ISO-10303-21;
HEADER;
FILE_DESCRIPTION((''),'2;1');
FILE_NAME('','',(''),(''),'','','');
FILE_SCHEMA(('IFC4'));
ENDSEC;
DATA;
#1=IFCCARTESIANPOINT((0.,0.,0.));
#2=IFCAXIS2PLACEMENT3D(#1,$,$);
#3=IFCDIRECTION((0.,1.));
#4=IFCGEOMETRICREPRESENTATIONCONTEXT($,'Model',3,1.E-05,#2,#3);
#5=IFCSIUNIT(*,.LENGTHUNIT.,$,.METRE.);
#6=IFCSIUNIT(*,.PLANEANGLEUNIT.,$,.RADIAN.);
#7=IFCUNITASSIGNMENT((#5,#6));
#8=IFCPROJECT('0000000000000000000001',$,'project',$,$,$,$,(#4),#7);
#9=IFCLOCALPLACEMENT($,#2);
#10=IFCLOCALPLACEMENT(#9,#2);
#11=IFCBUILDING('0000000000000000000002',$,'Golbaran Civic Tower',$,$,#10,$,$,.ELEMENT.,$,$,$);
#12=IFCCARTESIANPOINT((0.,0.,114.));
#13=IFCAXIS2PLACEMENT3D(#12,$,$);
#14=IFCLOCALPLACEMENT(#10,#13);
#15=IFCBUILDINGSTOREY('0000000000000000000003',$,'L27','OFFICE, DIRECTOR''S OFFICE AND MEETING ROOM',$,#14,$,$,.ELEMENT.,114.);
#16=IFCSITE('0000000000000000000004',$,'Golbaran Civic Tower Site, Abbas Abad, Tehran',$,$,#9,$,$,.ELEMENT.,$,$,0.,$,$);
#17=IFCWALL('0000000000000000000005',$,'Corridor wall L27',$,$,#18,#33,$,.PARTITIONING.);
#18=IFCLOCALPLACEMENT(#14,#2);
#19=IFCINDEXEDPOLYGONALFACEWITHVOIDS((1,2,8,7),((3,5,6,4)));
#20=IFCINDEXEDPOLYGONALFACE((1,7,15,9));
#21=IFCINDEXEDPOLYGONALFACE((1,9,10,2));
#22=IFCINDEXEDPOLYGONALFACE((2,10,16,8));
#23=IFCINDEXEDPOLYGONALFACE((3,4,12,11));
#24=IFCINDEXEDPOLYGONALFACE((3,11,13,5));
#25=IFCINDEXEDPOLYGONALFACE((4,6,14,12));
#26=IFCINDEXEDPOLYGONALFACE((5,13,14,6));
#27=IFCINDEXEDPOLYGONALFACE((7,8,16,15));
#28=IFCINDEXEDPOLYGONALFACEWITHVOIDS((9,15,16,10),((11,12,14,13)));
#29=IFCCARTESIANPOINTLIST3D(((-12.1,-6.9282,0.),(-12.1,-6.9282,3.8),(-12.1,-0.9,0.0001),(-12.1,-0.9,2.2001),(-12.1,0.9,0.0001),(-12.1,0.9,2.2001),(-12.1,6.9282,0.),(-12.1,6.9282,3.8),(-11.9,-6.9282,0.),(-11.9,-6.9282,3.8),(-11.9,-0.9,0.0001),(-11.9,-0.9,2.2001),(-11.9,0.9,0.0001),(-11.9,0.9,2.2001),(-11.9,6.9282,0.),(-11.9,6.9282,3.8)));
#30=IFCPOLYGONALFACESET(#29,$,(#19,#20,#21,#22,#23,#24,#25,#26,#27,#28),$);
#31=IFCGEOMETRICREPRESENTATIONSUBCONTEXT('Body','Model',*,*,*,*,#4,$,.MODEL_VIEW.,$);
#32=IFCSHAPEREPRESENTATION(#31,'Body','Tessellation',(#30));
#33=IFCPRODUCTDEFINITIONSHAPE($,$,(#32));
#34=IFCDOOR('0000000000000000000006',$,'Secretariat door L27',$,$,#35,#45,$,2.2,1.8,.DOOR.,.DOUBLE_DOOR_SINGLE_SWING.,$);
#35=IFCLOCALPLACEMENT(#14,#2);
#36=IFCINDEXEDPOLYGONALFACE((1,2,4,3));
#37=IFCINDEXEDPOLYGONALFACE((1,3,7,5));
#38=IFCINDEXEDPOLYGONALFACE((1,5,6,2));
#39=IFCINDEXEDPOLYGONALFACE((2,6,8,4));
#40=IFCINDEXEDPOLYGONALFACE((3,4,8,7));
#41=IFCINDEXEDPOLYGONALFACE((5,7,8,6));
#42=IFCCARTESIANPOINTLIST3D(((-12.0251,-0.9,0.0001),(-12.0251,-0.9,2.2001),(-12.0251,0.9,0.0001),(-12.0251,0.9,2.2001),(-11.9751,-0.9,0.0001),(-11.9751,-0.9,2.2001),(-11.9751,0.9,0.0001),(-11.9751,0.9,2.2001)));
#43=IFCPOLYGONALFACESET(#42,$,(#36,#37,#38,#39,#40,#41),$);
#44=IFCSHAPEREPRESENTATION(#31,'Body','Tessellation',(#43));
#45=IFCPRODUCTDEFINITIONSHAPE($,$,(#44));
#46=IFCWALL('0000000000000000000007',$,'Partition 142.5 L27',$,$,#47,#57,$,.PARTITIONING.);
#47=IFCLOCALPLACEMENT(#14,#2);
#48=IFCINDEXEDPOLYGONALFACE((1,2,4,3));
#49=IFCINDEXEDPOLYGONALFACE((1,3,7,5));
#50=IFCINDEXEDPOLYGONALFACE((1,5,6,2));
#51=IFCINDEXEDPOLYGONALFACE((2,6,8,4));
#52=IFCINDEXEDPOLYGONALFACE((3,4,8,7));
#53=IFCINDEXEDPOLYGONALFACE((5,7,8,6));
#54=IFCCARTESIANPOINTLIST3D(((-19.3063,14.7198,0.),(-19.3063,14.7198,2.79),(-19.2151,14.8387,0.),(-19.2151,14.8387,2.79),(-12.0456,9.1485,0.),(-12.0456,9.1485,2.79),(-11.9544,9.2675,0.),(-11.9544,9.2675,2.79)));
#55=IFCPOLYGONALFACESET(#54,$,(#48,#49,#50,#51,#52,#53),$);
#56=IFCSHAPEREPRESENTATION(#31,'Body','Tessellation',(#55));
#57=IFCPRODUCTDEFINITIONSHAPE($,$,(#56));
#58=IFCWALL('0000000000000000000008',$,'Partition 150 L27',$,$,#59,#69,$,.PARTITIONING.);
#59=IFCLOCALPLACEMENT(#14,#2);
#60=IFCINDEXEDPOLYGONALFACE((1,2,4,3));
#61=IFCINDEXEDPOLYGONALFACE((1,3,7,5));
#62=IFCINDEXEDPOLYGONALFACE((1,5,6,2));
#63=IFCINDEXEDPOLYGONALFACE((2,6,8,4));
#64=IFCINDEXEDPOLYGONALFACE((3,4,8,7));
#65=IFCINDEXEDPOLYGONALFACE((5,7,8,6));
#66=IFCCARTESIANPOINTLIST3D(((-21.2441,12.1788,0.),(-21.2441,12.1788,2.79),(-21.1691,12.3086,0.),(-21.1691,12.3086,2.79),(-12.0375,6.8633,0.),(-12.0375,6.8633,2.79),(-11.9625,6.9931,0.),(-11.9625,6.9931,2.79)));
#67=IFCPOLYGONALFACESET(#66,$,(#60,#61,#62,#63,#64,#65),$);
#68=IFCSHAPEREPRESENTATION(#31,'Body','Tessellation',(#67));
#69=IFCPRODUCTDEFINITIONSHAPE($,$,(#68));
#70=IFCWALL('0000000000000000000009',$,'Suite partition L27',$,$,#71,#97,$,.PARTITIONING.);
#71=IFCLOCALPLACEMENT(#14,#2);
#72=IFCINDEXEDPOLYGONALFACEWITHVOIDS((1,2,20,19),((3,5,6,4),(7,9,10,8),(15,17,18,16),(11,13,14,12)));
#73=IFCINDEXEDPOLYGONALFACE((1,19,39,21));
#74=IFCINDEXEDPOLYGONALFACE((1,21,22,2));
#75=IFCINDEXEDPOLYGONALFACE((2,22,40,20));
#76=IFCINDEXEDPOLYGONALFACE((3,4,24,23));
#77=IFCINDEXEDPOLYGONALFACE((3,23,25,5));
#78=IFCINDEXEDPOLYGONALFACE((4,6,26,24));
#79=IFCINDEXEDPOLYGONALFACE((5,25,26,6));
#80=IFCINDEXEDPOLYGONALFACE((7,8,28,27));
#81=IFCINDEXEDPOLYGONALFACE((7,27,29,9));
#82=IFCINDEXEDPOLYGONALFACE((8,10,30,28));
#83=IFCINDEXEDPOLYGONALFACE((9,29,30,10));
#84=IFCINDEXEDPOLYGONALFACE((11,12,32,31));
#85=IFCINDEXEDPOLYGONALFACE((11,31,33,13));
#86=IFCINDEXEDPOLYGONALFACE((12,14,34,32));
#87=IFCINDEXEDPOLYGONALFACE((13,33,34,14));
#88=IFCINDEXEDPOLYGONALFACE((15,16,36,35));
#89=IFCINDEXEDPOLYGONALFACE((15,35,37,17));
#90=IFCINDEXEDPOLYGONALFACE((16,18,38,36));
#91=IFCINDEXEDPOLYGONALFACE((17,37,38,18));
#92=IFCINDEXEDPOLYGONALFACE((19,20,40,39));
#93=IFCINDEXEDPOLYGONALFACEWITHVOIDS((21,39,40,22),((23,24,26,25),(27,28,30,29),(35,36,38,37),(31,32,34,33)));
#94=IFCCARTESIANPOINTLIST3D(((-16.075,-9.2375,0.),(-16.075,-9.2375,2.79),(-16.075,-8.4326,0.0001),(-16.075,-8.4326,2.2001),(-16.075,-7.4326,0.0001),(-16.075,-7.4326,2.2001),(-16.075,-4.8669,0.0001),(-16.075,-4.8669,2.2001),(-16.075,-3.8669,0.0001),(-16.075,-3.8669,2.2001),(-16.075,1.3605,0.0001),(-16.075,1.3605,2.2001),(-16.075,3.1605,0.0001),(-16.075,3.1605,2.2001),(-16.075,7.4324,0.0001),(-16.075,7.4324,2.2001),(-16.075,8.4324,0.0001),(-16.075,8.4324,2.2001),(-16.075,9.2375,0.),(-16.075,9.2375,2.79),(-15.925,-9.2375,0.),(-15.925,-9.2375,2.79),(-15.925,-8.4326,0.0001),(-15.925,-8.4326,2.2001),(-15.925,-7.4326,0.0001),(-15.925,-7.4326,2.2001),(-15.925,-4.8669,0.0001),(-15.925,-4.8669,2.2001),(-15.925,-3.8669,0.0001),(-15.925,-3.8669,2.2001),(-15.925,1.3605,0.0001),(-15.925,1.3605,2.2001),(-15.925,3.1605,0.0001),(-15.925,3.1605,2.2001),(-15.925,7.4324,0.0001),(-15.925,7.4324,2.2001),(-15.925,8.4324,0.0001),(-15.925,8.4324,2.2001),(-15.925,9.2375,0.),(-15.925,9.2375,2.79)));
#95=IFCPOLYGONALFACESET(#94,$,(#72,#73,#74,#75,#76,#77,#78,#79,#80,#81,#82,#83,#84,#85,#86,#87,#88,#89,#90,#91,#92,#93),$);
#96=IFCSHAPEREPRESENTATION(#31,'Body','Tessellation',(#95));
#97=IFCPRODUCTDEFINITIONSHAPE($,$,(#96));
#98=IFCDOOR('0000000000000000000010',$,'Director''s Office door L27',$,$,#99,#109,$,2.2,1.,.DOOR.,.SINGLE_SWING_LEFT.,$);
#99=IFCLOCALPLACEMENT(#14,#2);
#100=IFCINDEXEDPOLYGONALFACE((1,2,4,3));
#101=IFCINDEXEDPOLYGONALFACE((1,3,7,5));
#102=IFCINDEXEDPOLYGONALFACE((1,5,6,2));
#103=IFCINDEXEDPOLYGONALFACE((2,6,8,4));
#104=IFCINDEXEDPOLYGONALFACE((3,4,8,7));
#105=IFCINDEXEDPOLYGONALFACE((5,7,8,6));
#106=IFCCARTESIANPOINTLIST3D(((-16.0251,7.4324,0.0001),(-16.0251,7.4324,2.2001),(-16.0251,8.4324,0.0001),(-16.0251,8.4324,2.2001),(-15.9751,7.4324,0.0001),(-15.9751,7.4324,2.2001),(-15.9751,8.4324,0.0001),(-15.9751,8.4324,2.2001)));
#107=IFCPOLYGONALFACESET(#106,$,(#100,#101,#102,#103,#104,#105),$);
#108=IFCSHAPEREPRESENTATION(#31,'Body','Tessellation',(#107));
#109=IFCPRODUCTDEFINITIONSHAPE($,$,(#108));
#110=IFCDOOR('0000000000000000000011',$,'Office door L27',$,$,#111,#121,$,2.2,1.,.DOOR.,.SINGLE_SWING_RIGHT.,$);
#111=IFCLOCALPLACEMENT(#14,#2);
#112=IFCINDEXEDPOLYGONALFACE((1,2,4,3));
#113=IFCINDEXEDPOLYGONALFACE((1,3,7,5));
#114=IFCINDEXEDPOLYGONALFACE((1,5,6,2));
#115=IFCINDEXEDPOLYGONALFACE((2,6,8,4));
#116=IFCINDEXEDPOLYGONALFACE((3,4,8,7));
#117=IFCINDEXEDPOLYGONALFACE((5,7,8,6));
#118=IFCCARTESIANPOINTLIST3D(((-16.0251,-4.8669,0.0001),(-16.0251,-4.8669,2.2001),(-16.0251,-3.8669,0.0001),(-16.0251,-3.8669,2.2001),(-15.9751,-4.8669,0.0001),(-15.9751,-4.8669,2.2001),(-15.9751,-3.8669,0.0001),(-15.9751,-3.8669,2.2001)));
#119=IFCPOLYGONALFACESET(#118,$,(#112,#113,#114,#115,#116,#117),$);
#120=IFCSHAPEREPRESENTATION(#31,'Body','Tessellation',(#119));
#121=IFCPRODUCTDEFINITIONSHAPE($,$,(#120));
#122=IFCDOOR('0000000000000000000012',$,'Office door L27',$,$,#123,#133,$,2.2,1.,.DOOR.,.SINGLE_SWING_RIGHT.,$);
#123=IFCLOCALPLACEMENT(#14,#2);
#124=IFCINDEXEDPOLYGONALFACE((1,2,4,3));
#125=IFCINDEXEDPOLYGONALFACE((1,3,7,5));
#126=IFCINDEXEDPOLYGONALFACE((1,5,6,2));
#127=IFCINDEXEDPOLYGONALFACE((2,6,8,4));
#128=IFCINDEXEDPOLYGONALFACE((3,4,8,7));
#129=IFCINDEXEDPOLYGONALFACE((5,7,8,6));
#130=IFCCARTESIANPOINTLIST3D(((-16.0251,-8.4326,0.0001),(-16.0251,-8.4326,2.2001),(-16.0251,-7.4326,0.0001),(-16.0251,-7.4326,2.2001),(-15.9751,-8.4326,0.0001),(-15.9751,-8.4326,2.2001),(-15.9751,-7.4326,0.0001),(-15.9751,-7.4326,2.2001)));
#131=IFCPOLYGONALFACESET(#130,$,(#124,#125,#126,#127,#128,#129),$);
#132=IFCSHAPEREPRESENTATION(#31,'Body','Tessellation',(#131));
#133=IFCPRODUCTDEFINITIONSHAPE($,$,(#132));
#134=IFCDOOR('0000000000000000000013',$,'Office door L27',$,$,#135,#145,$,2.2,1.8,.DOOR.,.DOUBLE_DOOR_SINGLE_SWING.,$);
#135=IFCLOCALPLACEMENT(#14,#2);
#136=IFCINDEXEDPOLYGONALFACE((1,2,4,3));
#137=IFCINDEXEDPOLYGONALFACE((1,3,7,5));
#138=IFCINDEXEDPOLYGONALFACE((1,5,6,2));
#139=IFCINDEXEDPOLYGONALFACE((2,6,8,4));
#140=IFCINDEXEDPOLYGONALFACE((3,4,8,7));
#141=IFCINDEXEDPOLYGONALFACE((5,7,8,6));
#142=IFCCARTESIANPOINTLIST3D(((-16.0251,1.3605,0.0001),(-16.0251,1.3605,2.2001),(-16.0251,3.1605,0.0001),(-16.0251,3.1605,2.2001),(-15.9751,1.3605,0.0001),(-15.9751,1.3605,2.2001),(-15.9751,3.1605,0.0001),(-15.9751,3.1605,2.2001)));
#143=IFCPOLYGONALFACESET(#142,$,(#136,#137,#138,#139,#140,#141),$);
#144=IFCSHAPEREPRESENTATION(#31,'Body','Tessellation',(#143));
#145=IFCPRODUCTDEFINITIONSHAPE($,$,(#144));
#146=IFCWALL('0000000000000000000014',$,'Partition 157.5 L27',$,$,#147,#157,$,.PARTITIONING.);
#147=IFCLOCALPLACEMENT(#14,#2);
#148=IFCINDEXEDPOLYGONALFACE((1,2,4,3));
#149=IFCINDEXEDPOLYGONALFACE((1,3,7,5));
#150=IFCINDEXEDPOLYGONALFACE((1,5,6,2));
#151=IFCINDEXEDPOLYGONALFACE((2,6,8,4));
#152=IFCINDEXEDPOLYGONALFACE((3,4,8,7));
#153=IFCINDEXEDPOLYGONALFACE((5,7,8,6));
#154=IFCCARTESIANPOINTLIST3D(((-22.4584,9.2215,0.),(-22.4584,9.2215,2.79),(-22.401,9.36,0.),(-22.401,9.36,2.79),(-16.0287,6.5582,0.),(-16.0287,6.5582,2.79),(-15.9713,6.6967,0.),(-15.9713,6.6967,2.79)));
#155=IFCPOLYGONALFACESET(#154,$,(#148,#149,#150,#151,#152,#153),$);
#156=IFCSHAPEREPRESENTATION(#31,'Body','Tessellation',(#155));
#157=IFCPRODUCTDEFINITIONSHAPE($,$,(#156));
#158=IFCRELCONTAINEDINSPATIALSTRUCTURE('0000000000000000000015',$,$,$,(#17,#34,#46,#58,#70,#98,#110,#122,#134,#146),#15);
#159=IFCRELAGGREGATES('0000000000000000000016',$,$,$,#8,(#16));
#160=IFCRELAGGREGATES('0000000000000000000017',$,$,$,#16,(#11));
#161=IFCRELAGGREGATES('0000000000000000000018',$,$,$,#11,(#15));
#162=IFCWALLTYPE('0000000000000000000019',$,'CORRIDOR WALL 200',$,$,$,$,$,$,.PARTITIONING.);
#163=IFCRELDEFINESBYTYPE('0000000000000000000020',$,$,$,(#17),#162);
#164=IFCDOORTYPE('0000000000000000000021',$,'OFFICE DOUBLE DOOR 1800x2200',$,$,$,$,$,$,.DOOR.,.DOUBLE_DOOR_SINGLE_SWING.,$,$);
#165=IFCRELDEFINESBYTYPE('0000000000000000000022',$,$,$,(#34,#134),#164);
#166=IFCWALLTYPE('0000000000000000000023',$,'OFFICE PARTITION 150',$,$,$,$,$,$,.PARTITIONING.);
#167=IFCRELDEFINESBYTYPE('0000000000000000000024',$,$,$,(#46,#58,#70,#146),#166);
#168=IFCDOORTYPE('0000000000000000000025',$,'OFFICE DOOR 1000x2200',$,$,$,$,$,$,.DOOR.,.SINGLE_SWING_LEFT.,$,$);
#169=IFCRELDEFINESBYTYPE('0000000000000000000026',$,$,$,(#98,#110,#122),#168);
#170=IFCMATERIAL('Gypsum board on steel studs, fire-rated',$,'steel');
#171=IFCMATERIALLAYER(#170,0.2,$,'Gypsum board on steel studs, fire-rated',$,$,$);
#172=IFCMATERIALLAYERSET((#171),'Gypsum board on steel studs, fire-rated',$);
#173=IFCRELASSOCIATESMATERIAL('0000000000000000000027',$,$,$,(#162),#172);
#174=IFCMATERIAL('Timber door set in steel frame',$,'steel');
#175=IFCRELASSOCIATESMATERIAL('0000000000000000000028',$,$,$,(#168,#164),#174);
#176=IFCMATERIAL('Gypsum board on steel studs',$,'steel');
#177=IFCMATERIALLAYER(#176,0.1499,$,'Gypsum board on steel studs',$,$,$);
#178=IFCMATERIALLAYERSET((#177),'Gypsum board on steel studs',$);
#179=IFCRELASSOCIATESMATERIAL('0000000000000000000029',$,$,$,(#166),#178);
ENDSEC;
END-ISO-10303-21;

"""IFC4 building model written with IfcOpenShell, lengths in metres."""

from ifc_helpers import new_model, si_unit, direction, frame, frame_2d, origin, place, context, subcontext, project, spatial, rectangle, extrude, material, layer, layer_set, type_object, element, fill, save


model = new_model("IFC4")

# Units and contexts
model_context = context("Model", 3, precision=1e-05, world=origin(), true_north=direction((0.0, 1.0)))
body_context = subcontext(model_context, "Body", "Model", "MODEL_VIEW")
ifc_project = project(units=[si_unit("LENGTHUNIT", "METRE"), si_unit("PLANEANGLEUNIT", "RADIAN")], contexts=[model_context])

# Site, building, storey
site_placement = place(None, origin())
site = spatial("IfcSite", under=ifc_project, at=site_placement, Name="Golbaran Civic Tower Site, Abbas Abad, Tehran", CompositionType="ELEMENT", RefElevation=0.0)
building_placement = place(site_placement, origin())
building = spatial("IfcBuilding", under=site, at=building_placement, Name="Golbaran Civic Tower", CompositionType="ELEMENT")
storey_placement = place(building_placement, frame((0.0, 0.0, 114.0)))
storey = spatial("IfcBuildingStorey", under=building, at=storey_placement, Name="L27", Description="OFFICE, DIRECTOR'S OFFICE AND MEETING ROOM", CompositionType="ELEMENT", Elevation=114.0)

# Shared definitions
ifc_material_1 = material(Name="Timber door set in steel frame", Category="steel")

# Shared definitions
ifc_material_2 = material(Name="Gypsum board on steel studs, fire-rated", Category="steel")
ifc_layer_1 = layer(ifc_material_2, 0.2, Name="Gypsum board on steel studs, fire-rated")
ifc_layer_set_1 = layer_set([ifc_layer_1], Name="Gypsum board on steel studs, fire-rated")
wall_type_1 = type_object("IfcWallType", Name="CORRIDOR WALL 200", PredefinedType="PARTITIONING", material=ifc_layer_set_1)

# Wall, opening, door
door_type_1 = type_object("IfcDoorType", Name="OFFICE DOOR 1000x2200", OperationType="SINGLE_SWING_LEFT", PredefinedType="DOOR", material=ifc_material_1)
wall_1_placement = place(storey_placement, frame((-12.0, 6.9282, 0.0), z_axis=(0.0, 0.0, 1.0), x_axis=(0.0, -1.0, 0.0)))
wall_1 = element("IfcWall", 1, at=wall_1_placement, inside=storey, type_object=wall_type_1, Name="Corridor wall L27", PredefinedType="PARTITIONING", context=body_context, shape_type="SweptSolid", body=[
    extrude(rectangle(XDim=13.8564, YDim=0.2, at=frame_2d((6.9282, 0.0))), origin(), (0.0, 0.0, 1.0), 3.8),
])
opening_1_placement = place(wall_1_placement, frame((6.0283, 0.0, 0.0)))
opening_1 = element("IfcOpeningElement", 2, at=opening_1_placement, cuts=wall_1, PredefinedType="OPENING", context=body_context, shape_type="SweptSolid", body=[
    extrude(rectangle(XDim=1.8, YDim=2.2, at=frame_2d((0.8999, 1.1001))), frame((0.0, 0.1099, 0.0), z_axis=(0.0, -1.0, 0.0), x_axis=(1.0, 0.0, 0.0)), (0.0, 0.0, 1.0), 0.22),
])
door_type_2 = type_object("IfcDoorType", Name="OFFICE DOUBLE DOOR 1800x2200", OperationType="DOUBLE_DOOR_SINGLE_SWING", PredefinedType="DOOR", material=ifc_material_1)
door_1_placement = place(opening_1_placement, origin())
door_1 = element("IfcDoor", 3, at=door_1_placement, inside=storey, type_object=door_type_2, Name="Secretariat door L27", OperationType="DOUBLE_DOOR_SINGLE_SWING", OverallHeight=2.2, OverallWidth=1.8, PredefinedType="DOOR", context=body_context, shape_type="SweptSolid", body=[
    extrude(rectangle(XDim=1.8, YDim=2.2, at=frame_2d((0.8999, 1.1001))), frame((0.0, 0.0249, 0.0), z_axis=(0.0, -1.0, 0.0), x_axis=(1.0, 0.0, 0.0)), (0.0, 0.0, 1.0), 0.05),
])
fill(opening_1, door_1)

# Walls
ifc_material_3 = material(Name="Gypsum board on steel studs", Category="steel")
ifc_layer_2 = layer(ifc_material_3, 0.1499, Name="Gypsum board on steel studs")
ifc_layer_set_2 = layer_set([ifc_layer_2], Name="Gypsum board on steel studs")
wall_type_2 = type_object("IfcWallType", Name="OFFICE PARTITION 150", PredefinedType="PARTITIONING", material=ifc_layer_set_2)
wall_2_placement = place(storey_placement, frame((-12.0, 9.208, 0.0), z_axis=(0.0, 0.0, 1.0), x_axis=(-0.793357, 0.608756, 0.0)))
element("IfcWall", 4, at=wall_2_placement, inside=storey, type_object=wall_type_2, Name="Partition 142.5 L27", PredefinedType="PARTITIONING", context=body_context, shape_type="SweptSolid", body=[
    extrude(rectangle(XDim=9.1519, YDim=0.1499, at=frame_2d((4.5759, 0.0))), origin(), (0.0, 0.0, 1.0), 2.79),
])
wall_3_placement = place(storey_placement, frame((-12.0, 6.9282, 0.0), z_axis=(0.0, 0.0, 1.0), x_axis=(-0.866024, 0.500002, 0.0)))
element("IfcWall", 5, at=wall_3_placement, inside=storey, type_object=wall_type_2, Name="Partition 150 L27", PredefinedType="PARTITIONING", context=body_context, shape_type="SweptSolid", body=[
    extrude(rectangle(XDim=10.6309, YDim=0.1499, at=frame_2d((5.3154, 0.0))), origin(), (0.0, 0.0, 1.0), 2.79),
])

# Wall, openings, doors
wall_4_placement = place(storey_placement, frame((-16.0, 9.2375, 0.0), z_axis=(0.0, 0.0, 1.0), x_axis=(0.0, -1.0, 0.0)))
wall_4 = element("IfcWall", 6, at=wall_4_placement, inside=storey, type_object=wall_type_2, Name="Suite partition L27", PredefinedType="PARTITIONING", context=body_context, shape_type="SweptSolid", body=[
    extrude(rectangle(XDim=18.4751, YDim=0.1499, at=frame_2d((9.2375, 0.0))), origin(), (0.0, 0.0, 1.0), 2.79),
])
opening_2_placement = place(wall_4_placement, frame((0.8052, 0.0, 0.0)))
opening_2 = element("IfcOpeningElement", 7, at=opening_2_placement, cuts=wall_4, PredefinedType="OPENING", context=body_context, shape_type="SweptSolid", body=[
    extrude(rectangle(XDim=1.0, YDim=2.2, at=frame_2d((0.5, 1.1001))), frame((0.0, 0.085, 0.0), z_axis=(0.0, -1.0, 0.0), x_axis=(1.0, 0.0, 0.0)), (0.0, 0.0, 1.0), 0.1699),
])
opening_3_placement = place(wall_4_placement, frame((6.0771, 0.0, 0.0)))
opening_3 = element("IfcOpeningElement", 8, at=opening_3_placement, cuts=wall_4, PredefinedType="OPENING", context=body_context, shape_type="SweptSolid", body=[
    extrude(rectangle(XDim=1.8, YDim=2.2, at=frame_2d((0.8999, 1.1001))), frame((0.0, 0.085, 0.0), z_axis=(0.0, -1.0, 0.0), x_axis=(1.0, 0.0, 0.0)), (0.0, 0.0, 1.0), 0.1699),
])
opening_4_placement = place(wall_4_placement, frame((13.1045, 0.0, 0.0)))
opening_4 = element("IfcOpeningElement", 9, at=opening_4_placement, cuts=wall_4, PredefinedType="OPENING", context=body_context, shape_type="SweptSolid", body=[
    extrude(rectangle(XDim=1.0, YDim=2.2, at=frame_2d((0.5, 1.1001))), frame((0.0, 0.085, 0.0), z_axis=(0.0, -1.0, 0.0), x_axis=(1.0, 0.0, 0.0)), (0.0, 0.0, 1.0), 0.1699),
])
opening_5_placement = place(wall_4_placement, frame((16.6702, 0.0, 0.0)))
opening_5 = element("IfcOpeningElement", 10, at=opening_5_placement, cuts=wall_4, PredefinedType="OPENING", context=body_context, shape_type="SweptSolid", body=[
    extrude(rectangle(XDim=1.0, YDim=2.2, at=frame_2d((0.5, 1.1001))), frame((0.0, 0.085, 0.0), z_axis=(0.0, -1.0, 0.0), x_axis=(1.0, 0.0, 0.0)), (0.0, 0.0, 1.0), 0.1699),
])
door_2_placement = place(opening_2_placement, origin())
door_2 = element("IfcDoor", 11, at=door_2_placement, inside=storey, type_object=door_type_1, Name="Director's Office door L27", OperationType="SINGLE_SWING_LEFT", OverallHeight=2.2, OverallWidth=1.0, PredefinedType="DOOR", context=body_context, shape_type="SweptSolid", body=[
    extrude(rectangle(XDim=1.0, YDim=2.2, at=frame_2d((0.5, 1.1001))), frame((0.0, 0.0249, 0.0), z_axis=(0.0, -1.0, 0.0), x_axis=(1.0, 0.0, 0.0)), (0.0, 0.0, 1.0), 0.05),
])
fill(opening_2, door_2)
door_3_placement = place(opening_4_placement, origin())
door_3 = element("IfcDoor", 12, at=door_3_placement, inside=storey, type_object=door_type_1, Name="Office door L27", OperationType="SINGLE_SWING_RIGHT", OverallHeight=2.2, OverallWidth=1.0, PredefinedType="DOOR", context=body_context, shape_type="SweptSolid", body=[
    extrude(rectangle(XDim=1.0, YDim=2.2, at=frame_2d((0.5, 1.1001))), frame((0.0, 0.0249, 0.0), z_axis=(0.0, -1.0, 0.0), x_axis=(1.0, 0.0, 0.0)), (0.0, 0.0, 1.0), 0.05),
])
fill(opening_4, door_3)
door_4_placement = place(opening_5_placement, origin())
door_4 = element("IfcDoor", 13, at=door_4_placement, inside=storey, type_object=door_type_1, Name="Office door L27", OperationType="SINGLE_SWING_RIGHT", OverallHeight=2.2, OverallWidth=1.0, PredefinedType="DOOR", context=body_context, shape_type="SweptSolid", body=[
    extrude(rectangle(XDim=1.0, YDim=2.2, at=frame_2d((0.5, 1.1001))), frame((0.0, 0.0249, 0.0), z_axis=(0.0, -1.0, 0.0), x_axis=(1.0, 0.0, 0.0)), (0.0, 0.0, 1.0), 0.05),
])
fill(opening_5, door_4)
door_5_placement = place(opening_3_placement, origin())
door_5 = element("IfcDoor", 14, at=door_5_placement, inside=storey, type_object=door_type_2, Name="Office door L27", OperationType="DOUBLE_DOOR_SINGLE_SWING", OverallHeight=2.2, OverallWidth=1.8, PredefinedType="DOOR", context=body_context, shape_type="SweptSolid", body=[
    extrude(rectangle(XDim=1.8, YDim=2.2, at=frame_2d((0.8999, 1.1001))), frame((0.0, 0.0249, 0.0), z_axis=(0.0, -1.0, 0.0), x_axis=(1.0, 0.0, 0.0)), (0.0, 0.0, 1.0), 0.05),
])
fill(opening_3, door_5)

# Wall
wall_5_placement = place(storey_placement, frame((-16.0, 6.6274, 0.0), z_axis=(0.0, 0.0, 1.0), x_axis=(-0.923876, 0.382692, 0.0)))
element("IfcWall", 15, at=wall_5_placement, inside=storey, type_object=wall_type_2, Name="Partition 157.5 L27", PredefinedType="PARTITIONING", context=body_context, shape_type="SweptSolid", body=[
    extrude(rectangle(XDim=6.9595, YDim=0.1499, at=frame_2d((3.4797, 0.0))), origin(), (0.0, 0.0, 1.0), 2.79),
])

save(model, "model.ifc")
